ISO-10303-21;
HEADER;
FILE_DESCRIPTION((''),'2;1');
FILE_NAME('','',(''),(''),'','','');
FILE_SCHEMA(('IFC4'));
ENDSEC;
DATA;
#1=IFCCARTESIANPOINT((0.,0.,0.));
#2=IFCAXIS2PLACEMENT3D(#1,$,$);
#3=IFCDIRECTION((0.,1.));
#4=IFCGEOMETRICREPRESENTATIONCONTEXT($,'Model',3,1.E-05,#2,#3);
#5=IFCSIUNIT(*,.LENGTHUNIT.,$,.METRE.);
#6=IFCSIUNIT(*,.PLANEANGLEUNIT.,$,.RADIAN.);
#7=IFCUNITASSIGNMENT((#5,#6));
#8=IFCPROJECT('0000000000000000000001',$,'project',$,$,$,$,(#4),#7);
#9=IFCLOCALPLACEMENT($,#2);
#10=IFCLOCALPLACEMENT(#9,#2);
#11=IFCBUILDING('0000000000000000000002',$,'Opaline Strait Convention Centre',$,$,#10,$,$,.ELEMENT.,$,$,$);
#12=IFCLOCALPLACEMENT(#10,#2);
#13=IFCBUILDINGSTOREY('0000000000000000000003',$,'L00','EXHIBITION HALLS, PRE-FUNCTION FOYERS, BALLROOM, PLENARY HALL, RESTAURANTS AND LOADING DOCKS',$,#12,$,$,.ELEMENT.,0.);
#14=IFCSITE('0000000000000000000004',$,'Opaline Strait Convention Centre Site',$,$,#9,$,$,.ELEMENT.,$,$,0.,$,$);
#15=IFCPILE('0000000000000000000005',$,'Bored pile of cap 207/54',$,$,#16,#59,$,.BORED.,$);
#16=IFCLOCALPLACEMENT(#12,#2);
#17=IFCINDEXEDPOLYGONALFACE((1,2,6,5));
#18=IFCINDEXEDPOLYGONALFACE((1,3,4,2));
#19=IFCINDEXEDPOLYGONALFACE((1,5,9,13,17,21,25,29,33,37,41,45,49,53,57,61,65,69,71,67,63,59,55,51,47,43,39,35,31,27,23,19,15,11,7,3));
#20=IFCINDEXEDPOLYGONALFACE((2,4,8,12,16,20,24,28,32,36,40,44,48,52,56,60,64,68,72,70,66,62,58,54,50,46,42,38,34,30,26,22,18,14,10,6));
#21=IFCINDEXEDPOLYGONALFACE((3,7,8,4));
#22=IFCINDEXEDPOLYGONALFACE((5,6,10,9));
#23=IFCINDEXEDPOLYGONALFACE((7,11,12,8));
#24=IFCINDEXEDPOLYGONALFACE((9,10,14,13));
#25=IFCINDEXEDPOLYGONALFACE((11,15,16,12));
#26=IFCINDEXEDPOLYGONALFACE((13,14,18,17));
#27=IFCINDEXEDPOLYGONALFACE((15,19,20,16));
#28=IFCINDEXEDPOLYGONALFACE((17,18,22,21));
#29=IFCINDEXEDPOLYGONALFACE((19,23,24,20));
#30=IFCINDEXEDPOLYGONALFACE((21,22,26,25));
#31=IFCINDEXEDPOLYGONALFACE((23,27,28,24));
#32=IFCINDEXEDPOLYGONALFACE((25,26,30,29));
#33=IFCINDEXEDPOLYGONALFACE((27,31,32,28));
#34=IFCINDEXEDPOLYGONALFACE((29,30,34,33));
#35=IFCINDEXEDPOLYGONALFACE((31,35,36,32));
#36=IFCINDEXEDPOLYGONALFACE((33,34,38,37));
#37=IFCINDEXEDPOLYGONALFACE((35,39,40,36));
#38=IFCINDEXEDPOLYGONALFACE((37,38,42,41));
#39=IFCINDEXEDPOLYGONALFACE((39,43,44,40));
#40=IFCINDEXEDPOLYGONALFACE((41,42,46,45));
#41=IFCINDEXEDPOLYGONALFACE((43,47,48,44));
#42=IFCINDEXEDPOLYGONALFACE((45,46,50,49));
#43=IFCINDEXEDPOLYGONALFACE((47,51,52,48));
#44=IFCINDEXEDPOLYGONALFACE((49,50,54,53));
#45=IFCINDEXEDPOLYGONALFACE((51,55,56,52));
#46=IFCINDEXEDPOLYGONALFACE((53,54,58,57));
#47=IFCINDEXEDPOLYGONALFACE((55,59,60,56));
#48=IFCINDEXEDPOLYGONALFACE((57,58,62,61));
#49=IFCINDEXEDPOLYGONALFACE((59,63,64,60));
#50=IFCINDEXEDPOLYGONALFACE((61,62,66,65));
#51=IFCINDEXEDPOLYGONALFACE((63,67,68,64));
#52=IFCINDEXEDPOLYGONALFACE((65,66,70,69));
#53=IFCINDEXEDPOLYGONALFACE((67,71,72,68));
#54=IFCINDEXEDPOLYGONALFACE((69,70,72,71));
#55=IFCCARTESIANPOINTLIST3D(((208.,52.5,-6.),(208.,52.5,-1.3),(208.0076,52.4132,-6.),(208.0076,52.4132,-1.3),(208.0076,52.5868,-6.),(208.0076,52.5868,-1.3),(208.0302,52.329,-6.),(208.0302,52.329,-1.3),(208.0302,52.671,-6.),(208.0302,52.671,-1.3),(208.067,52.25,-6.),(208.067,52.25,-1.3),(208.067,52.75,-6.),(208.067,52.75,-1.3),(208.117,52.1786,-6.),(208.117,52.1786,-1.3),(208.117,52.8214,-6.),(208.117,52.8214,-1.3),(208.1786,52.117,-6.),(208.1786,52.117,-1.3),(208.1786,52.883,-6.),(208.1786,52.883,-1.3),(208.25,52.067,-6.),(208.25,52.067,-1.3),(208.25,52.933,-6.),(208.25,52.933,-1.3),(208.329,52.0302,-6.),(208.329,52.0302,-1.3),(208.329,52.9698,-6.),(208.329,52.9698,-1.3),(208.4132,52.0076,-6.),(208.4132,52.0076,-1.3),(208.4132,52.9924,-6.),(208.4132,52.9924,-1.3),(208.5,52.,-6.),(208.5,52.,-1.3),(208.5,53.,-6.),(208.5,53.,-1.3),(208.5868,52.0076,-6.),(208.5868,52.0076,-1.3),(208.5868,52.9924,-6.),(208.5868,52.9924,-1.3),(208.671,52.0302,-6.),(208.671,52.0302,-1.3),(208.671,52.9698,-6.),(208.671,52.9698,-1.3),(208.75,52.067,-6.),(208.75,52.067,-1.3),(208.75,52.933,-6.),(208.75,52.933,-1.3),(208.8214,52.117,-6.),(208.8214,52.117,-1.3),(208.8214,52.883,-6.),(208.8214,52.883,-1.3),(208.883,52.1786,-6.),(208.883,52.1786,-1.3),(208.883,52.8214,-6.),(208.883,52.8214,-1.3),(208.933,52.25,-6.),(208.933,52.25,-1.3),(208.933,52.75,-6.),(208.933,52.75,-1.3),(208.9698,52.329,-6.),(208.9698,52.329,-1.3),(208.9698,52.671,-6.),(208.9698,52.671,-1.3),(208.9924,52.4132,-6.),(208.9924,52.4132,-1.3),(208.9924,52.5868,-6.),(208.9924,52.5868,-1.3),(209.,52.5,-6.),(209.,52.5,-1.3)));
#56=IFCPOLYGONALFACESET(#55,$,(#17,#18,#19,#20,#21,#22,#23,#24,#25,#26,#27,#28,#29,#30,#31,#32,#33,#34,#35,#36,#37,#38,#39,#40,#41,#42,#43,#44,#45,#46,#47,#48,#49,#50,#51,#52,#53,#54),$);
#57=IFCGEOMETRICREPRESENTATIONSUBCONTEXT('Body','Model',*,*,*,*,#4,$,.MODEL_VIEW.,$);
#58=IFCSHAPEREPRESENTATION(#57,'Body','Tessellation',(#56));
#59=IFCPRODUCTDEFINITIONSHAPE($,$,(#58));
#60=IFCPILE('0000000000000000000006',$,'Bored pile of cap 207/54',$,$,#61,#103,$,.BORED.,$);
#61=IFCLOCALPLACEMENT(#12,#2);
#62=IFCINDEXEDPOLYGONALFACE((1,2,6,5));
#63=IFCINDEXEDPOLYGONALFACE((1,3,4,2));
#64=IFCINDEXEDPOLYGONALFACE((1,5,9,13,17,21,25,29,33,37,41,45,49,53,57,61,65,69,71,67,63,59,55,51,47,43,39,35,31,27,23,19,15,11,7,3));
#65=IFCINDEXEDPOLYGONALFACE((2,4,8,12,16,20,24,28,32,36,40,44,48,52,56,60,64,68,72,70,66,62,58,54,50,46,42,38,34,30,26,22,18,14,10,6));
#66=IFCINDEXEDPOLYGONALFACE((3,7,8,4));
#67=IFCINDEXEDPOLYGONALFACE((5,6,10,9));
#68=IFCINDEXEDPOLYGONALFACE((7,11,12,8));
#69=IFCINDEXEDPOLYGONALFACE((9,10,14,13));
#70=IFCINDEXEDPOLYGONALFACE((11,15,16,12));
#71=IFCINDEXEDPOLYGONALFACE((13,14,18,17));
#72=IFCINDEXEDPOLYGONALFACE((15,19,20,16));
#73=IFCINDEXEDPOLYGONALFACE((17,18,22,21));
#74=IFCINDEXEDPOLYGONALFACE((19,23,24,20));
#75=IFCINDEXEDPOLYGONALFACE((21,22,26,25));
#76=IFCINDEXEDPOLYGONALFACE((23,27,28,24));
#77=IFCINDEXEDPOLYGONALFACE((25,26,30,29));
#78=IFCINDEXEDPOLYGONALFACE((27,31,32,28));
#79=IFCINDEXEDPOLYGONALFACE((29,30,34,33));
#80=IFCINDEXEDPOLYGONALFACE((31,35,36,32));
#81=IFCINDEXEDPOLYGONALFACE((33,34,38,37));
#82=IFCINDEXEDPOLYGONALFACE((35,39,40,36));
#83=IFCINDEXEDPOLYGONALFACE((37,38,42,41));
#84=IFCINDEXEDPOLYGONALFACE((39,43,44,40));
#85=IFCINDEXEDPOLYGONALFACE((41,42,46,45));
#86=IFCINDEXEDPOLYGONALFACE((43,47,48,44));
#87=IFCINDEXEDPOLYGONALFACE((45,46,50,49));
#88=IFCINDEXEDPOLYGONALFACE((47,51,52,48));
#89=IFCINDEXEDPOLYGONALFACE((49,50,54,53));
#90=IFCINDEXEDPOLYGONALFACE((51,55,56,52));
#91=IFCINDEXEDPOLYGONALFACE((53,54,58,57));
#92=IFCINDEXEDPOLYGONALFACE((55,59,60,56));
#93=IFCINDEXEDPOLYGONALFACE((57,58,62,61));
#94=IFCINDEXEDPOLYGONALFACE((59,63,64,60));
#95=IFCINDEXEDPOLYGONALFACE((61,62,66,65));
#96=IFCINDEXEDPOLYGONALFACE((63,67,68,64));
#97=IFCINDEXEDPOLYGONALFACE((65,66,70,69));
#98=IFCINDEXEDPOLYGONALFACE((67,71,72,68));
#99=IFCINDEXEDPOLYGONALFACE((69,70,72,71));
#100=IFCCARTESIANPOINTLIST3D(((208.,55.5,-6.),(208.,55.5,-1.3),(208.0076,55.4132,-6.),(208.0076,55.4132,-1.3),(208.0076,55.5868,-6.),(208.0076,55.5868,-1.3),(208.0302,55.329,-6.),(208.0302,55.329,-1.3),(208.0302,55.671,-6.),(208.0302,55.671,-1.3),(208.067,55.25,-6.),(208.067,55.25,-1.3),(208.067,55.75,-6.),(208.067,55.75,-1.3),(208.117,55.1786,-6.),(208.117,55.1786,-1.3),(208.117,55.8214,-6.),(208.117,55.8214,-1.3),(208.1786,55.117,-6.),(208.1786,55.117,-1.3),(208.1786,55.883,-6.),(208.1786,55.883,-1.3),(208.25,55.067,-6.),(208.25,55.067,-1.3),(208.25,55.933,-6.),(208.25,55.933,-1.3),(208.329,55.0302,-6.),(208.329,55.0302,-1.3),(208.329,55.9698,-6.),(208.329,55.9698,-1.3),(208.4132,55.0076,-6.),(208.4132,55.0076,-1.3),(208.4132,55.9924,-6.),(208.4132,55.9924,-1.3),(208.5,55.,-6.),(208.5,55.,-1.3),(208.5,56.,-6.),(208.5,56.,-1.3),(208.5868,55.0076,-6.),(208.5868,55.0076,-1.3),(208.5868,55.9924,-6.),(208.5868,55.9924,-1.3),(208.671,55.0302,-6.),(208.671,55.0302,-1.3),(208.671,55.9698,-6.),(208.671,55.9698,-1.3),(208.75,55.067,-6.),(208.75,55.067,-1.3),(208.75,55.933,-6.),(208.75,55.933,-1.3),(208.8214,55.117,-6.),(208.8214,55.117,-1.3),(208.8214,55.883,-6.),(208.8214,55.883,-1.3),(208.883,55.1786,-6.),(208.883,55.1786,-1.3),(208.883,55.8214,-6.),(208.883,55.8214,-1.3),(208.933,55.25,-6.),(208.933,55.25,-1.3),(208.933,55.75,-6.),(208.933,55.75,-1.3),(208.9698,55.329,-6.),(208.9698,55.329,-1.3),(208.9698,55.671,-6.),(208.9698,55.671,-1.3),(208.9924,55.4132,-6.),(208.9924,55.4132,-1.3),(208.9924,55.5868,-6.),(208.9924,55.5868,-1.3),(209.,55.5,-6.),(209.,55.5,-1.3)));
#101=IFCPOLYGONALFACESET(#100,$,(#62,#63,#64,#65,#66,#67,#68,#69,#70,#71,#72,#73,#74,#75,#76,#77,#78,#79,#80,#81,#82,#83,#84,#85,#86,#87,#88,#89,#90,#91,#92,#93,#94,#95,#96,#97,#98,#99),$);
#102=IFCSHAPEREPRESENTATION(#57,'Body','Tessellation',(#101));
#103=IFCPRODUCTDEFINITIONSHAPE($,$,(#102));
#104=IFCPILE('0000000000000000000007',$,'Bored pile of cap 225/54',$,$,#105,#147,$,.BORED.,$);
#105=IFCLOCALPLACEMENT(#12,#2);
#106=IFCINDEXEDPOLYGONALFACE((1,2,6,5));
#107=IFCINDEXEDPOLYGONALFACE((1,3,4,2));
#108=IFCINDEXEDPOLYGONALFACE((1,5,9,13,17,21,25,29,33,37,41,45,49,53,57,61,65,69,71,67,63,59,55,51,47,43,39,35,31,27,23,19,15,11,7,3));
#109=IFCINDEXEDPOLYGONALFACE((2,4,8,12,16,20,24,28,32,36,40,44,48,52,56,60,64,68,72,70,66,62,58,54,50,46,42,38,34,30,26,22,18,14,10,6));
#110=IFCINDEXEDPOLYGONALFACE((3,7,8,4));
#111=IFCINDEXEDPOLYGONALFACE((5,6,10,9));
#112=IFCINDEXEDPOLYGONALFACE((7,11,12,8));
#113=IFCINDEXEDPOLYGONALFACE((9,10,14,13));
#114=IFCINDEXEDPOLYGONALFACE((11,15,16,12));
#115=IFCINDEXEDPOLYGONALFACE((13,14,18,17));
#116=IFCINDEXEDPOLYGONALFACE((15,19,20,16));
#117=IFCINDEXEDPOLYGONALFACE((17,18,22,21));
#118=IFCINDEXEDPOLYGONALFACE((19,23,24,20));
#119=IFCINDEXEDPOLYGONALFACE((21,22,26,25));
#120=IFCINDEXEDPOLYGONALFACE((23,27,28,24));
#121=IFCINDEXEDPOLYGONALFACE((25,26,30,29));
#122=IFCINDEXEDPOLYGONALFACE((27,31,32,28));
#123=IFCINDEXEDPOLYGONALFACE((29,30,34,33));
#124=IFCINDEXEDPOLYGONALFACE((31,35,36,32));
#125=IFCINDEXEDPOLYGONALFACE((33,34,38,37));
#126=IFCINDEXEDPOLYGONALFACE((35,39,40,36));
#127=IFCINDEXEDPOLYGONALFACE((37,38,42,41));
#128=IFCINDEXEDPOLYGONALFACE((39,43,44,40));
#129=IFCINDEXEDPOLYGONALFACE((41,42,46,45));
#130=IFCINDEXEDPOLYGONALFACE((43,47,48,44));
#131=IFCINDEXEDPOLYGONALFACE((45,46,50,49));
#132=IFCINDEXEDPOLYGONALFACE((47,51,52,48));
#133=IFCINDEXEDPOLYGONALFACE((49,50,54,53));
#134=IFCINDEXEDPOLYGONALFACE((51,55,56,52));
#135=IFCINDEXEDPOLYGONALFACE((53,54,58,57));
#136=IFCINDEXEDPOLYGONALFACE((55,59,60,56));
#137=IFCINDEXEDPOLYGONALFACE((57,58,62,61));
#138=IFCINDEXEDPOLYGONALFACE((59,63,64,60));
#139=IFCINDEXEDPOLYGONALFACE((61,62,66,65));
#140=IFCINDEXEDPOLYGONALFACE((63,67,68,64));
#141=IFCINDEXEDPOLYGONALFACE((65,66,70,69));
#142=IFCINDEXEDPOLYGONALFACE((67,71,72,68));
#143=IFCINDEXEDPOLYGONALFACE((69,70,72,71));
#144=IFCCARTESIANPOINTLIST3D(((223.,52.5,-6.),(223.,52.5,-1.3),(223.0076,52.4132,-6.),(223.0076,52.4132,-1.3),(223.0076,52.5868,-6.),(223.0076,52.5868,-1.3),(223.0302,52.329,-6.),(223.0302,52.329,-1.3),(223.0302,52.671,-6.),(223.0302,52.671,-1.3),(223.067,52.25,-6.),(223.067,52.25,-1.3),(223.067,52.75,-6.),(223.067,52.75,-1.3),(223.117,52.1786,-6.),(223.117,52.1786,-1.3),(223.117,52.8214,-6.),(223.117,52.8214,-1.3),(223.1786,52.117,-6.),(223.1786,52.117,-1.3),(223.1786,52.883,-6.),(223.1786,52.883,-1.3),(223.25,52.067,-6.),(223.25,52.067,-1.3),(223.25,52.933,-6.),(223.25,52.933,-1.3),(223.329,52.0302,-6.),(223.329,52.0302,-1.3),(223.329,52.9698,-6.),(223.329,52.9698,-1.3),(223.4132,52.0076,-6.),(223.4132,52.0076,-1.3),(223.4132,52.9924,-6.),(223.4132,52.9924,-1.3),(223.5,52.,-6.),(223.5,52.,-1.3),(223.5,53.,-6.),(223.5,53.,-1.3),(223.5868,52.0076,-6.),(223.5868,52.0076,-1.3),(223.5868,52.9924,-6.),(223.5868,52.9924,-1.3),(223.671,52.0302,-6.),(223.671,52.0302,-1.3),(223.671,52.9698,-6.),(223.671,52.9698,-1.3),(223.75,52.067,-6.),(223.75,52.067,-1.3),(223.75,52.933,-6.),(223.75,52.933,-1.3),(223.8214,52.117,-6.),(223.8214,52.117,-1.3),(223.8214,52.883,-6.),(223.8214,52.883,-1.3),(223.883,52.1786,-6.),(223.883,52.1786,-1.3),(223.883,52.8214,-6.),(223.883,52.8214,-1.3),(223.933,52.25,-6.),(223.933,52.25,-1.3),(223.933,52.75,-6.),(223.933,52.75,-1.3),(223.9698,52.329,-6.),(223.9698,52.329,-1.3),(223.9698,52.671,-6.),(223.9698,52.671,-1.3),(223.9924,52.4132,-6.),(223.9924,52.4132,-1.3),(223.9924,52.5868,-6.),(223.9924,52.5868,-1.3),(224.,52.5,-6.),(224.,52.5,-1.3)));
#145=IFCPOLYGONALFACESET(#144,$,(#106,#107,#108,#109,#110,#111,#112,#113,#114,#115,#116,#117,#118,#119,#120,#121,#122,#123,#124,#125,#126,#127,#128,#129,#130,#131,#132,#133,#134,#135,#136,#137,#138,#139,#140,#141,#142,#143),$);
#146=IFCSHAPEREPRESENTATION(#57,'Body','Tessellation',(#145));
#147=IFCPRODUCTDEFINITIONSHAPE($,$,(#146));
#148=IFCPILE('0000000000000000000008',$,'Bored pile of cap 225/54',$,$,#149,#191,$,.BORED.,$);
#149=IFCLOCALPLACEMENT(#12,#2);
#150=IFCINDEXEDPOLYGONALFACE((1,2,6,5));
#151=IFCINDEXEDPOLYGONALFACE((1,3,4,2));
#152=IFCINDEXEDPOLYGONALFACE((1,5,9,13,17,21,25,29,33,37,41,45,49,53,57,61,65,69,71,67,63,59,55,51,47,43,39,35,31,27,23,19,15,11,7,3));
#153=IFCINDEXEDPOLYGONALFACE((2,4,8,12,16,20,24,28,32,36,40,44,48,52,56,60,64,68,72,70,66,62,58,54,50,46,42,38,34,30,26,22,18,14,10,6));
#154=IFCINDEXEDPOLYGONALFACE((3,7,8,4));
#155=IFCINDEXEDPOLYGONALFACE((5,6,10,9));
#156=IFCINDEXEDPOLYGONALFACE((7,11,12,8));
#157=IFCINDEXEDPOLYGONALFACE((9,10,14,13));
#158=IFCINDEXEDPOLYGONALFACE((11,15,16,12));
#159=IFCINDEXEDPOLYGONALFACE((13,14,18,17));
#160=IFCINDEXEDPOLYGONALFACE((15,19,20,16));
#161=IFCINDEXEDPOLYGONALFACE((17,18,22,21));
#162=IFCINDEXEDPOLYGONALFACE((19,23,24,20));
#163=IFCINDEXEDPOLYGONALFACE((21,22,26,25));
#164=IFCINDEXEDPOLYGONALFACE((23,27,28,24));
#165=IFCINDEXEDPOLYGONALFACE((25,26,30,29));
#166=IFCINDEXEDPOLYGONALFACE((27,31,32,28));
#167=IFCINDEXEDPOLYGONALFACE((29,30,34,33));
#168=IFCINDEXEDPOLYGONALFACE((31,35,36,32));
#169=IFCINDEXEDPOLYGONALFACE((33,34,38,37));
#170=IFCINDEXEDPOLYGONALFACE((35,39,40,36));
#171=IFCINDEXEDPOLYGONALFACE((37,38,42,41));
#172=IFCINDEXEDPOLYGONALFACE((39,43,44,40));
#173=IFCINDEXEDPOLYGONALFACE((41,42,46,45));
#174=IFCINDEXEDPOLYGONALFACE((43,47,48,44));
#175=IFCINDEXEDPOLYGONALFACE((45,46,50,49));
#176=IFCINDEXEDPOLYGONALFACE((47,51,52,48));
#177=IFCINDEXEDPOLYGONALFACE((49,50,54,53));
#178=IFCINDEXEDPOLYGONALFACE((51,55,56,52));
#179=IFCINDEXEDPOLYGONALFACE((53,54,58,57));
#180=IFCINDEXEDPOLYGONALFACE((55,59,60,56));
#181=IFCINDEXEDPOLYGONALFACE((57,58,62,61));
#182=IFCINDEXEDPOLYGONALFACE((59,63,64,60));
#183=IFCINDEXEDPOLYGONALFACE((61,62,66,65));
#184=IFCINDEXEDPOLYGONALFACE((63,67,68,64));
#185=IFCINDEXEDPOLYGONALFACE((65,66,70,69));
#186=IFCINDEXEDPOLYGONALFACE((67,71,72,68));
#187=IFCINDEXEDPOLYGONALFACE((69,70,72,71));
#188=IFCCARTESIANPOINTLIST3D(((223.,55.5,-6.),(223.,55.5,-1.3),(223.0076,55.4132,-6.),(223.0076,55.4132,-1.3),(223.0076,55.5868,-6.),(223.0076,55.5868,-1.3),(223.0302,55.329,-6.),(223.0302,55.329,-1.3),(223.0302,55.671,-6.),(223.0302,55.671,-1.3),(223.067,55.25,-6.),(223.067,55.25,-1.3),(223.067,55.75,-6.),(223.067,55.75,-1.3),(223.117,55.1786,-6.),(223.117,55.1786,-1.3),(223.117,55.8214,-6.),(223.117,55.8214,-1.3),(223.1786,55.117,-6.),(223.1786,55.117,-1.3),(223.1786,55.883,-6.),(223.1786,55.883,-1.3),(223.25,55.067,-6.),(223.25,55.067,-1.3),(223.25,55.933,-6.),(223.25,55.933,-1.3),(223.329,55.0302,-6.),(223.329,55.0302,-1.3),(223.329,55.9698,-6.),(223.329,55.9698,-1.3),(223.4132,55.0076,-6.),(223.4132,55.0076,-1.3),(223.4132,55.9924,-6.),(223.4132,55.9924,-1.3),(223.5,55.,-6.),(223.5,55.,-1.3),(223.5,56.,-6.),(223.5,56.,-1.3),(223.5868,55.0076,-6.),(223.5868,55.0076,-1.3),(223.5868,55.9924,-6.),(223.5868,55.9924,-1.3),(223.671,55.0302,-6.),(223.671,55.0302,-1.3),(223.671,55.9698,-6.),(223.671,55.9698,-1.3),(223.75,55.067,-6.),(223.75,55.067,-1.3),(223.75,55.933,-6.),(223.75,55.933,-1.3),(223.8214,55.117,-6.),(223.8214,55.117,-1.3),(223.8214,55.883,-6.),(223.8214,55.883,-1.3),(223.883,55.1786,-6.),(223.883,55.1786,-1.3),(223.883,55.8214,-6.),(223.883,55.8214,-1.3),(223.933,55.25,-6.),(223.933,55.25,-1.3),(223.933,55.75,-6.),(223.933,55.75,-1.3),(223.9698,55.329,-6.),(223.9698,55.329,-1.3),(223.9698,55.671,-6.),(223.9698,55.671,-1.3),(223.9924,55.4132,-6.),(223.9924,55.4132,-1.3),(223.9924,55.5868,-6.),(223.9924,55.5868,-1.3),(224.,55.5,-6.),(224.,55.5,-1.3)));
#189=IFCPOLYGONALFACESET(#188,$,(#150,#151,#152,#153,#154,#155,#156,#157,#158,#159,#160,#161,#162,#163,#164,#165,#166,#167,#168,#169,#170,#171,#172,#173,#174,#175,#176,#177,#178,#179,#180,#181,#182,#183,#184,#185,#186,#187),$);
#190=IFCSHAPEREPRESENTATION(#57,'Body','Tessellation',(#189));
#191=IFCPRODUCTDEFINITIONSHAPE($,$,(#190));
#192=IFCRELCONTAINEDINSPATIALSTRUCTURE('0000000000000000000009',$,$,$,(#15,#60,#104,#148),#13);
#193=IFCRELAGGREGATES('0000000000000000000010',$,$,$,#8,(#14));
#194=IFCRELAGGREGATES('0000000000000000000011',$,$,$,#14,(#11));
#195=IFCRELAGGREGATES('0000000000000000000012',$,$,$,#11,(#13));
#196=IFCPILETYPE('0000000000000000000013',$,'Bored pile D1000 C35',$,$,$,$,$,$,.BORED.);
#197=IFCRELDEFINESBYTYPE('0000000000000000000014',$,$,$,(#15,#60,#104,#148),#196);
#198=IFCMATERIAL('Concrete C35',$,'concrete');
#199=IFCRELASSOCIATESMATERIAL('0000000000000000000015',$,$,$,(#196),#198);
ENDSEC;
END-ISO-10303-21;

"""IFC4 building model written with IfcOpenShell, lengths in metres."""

from ifc_helpers import new_model, si_unit, direction, frame, origin, origin_2d, place, context, subcontext, project, spatial, circle, extrude, material, material_profile, profile_set, type_object, element, save


model = new_model("IFC4")

# Units and contexts
model_context = context("Model", 3, precision=1e-05, world=origin(), true_north=direction((0.0, 1.0)))
body_context = subcontext(model_context, "Body", "Model", "MODEL_VIEW")
ifc_project = project(units=[si_unit("LENGTHUNIT", "METRE"), si_unit("PLANEANGLEUNIT", "RADIAN")], contexts=[model_context])

# Site, building, storey
site_placement = place(None, origin())
site = spatial("IfcSite", under=ifc_project, at=site_placement, Name="Opaline Strait Convention Centre Site", CompositionType="ELEMENT", RefElevation=0.0)
building_placement = place(site_placement, origin())
building = spatial("IfcBuilding", under=site, at=building_placement, Name="Opaline Strait Convention Centre", CompositionType="ELEMENT")
storey_placement = place(building_placement, origin())
storey = spatial("IfcBuildingStorey", under=building, at=storey_placement, Name="L00", Description="EXHIBITION HALLS, PRE-FUNCTION FOYERS, BALLROOM, PLENARY HALL, RESTAURANTS AND LOADING DOCKS", CompositionType="ELEMENT", Elevation=0.0)

# Piles
ifc_material_1 = material(Name="Concrete C35", Category="concrete")
ifc_material_profile_1 = material_profile(ifc_material_1, circle(Radius=0.5, at=origin_2d()), Name="D1000")
ifc_profile_set_1 = profile_set([ifc_material_profile_1], Name="Concrete C35")
pile_type_1 = type_object("IfcPileType", Name="Bored pile D1000 C35", PredefinedType="BORED", material=ifc_profile_set_1)
for number, where, z_axis, x_axis, name in (
    (1, (208.5, 52.5, -1.3), (0.0, 0.0, -1.0), (1.0, 0.0, 0.0), "Bored pile of cap 207/54"),
    (2, (208.5, 55.5, -1.3), (0.0, 0.0, -1.0), (1.0, 0.0, 0.0), "Bored pile of cap 207/54"),
    (3, (223.5, 52.5, -1.3), (0.0, 0.0, -1.0), (1.0, 0.0, 0.0), "Bored pile of cap 225/54"),
    (4, (223.5, 55.5, -1.3), (0.0, 0.0, -1.0), (1.0, 0.0, 0.0), "Bored pile of cap 225/54"),
):
    element("IfcPile", number, at=place(storey_placement, frame(where, z_axis=z_axis, x_axis=x_axis)), inside=storey, type_object=pile_type_1, Name=name, PredefinedType="BORED", context=body_context, shape_type="SweptSolid", body=[
        extrude(circle(Radius=0.5, at=origin_2d()), origin(), (0.0, 0.0, 1.0), 4.7),
    ])

save(model, "model.ifc")
